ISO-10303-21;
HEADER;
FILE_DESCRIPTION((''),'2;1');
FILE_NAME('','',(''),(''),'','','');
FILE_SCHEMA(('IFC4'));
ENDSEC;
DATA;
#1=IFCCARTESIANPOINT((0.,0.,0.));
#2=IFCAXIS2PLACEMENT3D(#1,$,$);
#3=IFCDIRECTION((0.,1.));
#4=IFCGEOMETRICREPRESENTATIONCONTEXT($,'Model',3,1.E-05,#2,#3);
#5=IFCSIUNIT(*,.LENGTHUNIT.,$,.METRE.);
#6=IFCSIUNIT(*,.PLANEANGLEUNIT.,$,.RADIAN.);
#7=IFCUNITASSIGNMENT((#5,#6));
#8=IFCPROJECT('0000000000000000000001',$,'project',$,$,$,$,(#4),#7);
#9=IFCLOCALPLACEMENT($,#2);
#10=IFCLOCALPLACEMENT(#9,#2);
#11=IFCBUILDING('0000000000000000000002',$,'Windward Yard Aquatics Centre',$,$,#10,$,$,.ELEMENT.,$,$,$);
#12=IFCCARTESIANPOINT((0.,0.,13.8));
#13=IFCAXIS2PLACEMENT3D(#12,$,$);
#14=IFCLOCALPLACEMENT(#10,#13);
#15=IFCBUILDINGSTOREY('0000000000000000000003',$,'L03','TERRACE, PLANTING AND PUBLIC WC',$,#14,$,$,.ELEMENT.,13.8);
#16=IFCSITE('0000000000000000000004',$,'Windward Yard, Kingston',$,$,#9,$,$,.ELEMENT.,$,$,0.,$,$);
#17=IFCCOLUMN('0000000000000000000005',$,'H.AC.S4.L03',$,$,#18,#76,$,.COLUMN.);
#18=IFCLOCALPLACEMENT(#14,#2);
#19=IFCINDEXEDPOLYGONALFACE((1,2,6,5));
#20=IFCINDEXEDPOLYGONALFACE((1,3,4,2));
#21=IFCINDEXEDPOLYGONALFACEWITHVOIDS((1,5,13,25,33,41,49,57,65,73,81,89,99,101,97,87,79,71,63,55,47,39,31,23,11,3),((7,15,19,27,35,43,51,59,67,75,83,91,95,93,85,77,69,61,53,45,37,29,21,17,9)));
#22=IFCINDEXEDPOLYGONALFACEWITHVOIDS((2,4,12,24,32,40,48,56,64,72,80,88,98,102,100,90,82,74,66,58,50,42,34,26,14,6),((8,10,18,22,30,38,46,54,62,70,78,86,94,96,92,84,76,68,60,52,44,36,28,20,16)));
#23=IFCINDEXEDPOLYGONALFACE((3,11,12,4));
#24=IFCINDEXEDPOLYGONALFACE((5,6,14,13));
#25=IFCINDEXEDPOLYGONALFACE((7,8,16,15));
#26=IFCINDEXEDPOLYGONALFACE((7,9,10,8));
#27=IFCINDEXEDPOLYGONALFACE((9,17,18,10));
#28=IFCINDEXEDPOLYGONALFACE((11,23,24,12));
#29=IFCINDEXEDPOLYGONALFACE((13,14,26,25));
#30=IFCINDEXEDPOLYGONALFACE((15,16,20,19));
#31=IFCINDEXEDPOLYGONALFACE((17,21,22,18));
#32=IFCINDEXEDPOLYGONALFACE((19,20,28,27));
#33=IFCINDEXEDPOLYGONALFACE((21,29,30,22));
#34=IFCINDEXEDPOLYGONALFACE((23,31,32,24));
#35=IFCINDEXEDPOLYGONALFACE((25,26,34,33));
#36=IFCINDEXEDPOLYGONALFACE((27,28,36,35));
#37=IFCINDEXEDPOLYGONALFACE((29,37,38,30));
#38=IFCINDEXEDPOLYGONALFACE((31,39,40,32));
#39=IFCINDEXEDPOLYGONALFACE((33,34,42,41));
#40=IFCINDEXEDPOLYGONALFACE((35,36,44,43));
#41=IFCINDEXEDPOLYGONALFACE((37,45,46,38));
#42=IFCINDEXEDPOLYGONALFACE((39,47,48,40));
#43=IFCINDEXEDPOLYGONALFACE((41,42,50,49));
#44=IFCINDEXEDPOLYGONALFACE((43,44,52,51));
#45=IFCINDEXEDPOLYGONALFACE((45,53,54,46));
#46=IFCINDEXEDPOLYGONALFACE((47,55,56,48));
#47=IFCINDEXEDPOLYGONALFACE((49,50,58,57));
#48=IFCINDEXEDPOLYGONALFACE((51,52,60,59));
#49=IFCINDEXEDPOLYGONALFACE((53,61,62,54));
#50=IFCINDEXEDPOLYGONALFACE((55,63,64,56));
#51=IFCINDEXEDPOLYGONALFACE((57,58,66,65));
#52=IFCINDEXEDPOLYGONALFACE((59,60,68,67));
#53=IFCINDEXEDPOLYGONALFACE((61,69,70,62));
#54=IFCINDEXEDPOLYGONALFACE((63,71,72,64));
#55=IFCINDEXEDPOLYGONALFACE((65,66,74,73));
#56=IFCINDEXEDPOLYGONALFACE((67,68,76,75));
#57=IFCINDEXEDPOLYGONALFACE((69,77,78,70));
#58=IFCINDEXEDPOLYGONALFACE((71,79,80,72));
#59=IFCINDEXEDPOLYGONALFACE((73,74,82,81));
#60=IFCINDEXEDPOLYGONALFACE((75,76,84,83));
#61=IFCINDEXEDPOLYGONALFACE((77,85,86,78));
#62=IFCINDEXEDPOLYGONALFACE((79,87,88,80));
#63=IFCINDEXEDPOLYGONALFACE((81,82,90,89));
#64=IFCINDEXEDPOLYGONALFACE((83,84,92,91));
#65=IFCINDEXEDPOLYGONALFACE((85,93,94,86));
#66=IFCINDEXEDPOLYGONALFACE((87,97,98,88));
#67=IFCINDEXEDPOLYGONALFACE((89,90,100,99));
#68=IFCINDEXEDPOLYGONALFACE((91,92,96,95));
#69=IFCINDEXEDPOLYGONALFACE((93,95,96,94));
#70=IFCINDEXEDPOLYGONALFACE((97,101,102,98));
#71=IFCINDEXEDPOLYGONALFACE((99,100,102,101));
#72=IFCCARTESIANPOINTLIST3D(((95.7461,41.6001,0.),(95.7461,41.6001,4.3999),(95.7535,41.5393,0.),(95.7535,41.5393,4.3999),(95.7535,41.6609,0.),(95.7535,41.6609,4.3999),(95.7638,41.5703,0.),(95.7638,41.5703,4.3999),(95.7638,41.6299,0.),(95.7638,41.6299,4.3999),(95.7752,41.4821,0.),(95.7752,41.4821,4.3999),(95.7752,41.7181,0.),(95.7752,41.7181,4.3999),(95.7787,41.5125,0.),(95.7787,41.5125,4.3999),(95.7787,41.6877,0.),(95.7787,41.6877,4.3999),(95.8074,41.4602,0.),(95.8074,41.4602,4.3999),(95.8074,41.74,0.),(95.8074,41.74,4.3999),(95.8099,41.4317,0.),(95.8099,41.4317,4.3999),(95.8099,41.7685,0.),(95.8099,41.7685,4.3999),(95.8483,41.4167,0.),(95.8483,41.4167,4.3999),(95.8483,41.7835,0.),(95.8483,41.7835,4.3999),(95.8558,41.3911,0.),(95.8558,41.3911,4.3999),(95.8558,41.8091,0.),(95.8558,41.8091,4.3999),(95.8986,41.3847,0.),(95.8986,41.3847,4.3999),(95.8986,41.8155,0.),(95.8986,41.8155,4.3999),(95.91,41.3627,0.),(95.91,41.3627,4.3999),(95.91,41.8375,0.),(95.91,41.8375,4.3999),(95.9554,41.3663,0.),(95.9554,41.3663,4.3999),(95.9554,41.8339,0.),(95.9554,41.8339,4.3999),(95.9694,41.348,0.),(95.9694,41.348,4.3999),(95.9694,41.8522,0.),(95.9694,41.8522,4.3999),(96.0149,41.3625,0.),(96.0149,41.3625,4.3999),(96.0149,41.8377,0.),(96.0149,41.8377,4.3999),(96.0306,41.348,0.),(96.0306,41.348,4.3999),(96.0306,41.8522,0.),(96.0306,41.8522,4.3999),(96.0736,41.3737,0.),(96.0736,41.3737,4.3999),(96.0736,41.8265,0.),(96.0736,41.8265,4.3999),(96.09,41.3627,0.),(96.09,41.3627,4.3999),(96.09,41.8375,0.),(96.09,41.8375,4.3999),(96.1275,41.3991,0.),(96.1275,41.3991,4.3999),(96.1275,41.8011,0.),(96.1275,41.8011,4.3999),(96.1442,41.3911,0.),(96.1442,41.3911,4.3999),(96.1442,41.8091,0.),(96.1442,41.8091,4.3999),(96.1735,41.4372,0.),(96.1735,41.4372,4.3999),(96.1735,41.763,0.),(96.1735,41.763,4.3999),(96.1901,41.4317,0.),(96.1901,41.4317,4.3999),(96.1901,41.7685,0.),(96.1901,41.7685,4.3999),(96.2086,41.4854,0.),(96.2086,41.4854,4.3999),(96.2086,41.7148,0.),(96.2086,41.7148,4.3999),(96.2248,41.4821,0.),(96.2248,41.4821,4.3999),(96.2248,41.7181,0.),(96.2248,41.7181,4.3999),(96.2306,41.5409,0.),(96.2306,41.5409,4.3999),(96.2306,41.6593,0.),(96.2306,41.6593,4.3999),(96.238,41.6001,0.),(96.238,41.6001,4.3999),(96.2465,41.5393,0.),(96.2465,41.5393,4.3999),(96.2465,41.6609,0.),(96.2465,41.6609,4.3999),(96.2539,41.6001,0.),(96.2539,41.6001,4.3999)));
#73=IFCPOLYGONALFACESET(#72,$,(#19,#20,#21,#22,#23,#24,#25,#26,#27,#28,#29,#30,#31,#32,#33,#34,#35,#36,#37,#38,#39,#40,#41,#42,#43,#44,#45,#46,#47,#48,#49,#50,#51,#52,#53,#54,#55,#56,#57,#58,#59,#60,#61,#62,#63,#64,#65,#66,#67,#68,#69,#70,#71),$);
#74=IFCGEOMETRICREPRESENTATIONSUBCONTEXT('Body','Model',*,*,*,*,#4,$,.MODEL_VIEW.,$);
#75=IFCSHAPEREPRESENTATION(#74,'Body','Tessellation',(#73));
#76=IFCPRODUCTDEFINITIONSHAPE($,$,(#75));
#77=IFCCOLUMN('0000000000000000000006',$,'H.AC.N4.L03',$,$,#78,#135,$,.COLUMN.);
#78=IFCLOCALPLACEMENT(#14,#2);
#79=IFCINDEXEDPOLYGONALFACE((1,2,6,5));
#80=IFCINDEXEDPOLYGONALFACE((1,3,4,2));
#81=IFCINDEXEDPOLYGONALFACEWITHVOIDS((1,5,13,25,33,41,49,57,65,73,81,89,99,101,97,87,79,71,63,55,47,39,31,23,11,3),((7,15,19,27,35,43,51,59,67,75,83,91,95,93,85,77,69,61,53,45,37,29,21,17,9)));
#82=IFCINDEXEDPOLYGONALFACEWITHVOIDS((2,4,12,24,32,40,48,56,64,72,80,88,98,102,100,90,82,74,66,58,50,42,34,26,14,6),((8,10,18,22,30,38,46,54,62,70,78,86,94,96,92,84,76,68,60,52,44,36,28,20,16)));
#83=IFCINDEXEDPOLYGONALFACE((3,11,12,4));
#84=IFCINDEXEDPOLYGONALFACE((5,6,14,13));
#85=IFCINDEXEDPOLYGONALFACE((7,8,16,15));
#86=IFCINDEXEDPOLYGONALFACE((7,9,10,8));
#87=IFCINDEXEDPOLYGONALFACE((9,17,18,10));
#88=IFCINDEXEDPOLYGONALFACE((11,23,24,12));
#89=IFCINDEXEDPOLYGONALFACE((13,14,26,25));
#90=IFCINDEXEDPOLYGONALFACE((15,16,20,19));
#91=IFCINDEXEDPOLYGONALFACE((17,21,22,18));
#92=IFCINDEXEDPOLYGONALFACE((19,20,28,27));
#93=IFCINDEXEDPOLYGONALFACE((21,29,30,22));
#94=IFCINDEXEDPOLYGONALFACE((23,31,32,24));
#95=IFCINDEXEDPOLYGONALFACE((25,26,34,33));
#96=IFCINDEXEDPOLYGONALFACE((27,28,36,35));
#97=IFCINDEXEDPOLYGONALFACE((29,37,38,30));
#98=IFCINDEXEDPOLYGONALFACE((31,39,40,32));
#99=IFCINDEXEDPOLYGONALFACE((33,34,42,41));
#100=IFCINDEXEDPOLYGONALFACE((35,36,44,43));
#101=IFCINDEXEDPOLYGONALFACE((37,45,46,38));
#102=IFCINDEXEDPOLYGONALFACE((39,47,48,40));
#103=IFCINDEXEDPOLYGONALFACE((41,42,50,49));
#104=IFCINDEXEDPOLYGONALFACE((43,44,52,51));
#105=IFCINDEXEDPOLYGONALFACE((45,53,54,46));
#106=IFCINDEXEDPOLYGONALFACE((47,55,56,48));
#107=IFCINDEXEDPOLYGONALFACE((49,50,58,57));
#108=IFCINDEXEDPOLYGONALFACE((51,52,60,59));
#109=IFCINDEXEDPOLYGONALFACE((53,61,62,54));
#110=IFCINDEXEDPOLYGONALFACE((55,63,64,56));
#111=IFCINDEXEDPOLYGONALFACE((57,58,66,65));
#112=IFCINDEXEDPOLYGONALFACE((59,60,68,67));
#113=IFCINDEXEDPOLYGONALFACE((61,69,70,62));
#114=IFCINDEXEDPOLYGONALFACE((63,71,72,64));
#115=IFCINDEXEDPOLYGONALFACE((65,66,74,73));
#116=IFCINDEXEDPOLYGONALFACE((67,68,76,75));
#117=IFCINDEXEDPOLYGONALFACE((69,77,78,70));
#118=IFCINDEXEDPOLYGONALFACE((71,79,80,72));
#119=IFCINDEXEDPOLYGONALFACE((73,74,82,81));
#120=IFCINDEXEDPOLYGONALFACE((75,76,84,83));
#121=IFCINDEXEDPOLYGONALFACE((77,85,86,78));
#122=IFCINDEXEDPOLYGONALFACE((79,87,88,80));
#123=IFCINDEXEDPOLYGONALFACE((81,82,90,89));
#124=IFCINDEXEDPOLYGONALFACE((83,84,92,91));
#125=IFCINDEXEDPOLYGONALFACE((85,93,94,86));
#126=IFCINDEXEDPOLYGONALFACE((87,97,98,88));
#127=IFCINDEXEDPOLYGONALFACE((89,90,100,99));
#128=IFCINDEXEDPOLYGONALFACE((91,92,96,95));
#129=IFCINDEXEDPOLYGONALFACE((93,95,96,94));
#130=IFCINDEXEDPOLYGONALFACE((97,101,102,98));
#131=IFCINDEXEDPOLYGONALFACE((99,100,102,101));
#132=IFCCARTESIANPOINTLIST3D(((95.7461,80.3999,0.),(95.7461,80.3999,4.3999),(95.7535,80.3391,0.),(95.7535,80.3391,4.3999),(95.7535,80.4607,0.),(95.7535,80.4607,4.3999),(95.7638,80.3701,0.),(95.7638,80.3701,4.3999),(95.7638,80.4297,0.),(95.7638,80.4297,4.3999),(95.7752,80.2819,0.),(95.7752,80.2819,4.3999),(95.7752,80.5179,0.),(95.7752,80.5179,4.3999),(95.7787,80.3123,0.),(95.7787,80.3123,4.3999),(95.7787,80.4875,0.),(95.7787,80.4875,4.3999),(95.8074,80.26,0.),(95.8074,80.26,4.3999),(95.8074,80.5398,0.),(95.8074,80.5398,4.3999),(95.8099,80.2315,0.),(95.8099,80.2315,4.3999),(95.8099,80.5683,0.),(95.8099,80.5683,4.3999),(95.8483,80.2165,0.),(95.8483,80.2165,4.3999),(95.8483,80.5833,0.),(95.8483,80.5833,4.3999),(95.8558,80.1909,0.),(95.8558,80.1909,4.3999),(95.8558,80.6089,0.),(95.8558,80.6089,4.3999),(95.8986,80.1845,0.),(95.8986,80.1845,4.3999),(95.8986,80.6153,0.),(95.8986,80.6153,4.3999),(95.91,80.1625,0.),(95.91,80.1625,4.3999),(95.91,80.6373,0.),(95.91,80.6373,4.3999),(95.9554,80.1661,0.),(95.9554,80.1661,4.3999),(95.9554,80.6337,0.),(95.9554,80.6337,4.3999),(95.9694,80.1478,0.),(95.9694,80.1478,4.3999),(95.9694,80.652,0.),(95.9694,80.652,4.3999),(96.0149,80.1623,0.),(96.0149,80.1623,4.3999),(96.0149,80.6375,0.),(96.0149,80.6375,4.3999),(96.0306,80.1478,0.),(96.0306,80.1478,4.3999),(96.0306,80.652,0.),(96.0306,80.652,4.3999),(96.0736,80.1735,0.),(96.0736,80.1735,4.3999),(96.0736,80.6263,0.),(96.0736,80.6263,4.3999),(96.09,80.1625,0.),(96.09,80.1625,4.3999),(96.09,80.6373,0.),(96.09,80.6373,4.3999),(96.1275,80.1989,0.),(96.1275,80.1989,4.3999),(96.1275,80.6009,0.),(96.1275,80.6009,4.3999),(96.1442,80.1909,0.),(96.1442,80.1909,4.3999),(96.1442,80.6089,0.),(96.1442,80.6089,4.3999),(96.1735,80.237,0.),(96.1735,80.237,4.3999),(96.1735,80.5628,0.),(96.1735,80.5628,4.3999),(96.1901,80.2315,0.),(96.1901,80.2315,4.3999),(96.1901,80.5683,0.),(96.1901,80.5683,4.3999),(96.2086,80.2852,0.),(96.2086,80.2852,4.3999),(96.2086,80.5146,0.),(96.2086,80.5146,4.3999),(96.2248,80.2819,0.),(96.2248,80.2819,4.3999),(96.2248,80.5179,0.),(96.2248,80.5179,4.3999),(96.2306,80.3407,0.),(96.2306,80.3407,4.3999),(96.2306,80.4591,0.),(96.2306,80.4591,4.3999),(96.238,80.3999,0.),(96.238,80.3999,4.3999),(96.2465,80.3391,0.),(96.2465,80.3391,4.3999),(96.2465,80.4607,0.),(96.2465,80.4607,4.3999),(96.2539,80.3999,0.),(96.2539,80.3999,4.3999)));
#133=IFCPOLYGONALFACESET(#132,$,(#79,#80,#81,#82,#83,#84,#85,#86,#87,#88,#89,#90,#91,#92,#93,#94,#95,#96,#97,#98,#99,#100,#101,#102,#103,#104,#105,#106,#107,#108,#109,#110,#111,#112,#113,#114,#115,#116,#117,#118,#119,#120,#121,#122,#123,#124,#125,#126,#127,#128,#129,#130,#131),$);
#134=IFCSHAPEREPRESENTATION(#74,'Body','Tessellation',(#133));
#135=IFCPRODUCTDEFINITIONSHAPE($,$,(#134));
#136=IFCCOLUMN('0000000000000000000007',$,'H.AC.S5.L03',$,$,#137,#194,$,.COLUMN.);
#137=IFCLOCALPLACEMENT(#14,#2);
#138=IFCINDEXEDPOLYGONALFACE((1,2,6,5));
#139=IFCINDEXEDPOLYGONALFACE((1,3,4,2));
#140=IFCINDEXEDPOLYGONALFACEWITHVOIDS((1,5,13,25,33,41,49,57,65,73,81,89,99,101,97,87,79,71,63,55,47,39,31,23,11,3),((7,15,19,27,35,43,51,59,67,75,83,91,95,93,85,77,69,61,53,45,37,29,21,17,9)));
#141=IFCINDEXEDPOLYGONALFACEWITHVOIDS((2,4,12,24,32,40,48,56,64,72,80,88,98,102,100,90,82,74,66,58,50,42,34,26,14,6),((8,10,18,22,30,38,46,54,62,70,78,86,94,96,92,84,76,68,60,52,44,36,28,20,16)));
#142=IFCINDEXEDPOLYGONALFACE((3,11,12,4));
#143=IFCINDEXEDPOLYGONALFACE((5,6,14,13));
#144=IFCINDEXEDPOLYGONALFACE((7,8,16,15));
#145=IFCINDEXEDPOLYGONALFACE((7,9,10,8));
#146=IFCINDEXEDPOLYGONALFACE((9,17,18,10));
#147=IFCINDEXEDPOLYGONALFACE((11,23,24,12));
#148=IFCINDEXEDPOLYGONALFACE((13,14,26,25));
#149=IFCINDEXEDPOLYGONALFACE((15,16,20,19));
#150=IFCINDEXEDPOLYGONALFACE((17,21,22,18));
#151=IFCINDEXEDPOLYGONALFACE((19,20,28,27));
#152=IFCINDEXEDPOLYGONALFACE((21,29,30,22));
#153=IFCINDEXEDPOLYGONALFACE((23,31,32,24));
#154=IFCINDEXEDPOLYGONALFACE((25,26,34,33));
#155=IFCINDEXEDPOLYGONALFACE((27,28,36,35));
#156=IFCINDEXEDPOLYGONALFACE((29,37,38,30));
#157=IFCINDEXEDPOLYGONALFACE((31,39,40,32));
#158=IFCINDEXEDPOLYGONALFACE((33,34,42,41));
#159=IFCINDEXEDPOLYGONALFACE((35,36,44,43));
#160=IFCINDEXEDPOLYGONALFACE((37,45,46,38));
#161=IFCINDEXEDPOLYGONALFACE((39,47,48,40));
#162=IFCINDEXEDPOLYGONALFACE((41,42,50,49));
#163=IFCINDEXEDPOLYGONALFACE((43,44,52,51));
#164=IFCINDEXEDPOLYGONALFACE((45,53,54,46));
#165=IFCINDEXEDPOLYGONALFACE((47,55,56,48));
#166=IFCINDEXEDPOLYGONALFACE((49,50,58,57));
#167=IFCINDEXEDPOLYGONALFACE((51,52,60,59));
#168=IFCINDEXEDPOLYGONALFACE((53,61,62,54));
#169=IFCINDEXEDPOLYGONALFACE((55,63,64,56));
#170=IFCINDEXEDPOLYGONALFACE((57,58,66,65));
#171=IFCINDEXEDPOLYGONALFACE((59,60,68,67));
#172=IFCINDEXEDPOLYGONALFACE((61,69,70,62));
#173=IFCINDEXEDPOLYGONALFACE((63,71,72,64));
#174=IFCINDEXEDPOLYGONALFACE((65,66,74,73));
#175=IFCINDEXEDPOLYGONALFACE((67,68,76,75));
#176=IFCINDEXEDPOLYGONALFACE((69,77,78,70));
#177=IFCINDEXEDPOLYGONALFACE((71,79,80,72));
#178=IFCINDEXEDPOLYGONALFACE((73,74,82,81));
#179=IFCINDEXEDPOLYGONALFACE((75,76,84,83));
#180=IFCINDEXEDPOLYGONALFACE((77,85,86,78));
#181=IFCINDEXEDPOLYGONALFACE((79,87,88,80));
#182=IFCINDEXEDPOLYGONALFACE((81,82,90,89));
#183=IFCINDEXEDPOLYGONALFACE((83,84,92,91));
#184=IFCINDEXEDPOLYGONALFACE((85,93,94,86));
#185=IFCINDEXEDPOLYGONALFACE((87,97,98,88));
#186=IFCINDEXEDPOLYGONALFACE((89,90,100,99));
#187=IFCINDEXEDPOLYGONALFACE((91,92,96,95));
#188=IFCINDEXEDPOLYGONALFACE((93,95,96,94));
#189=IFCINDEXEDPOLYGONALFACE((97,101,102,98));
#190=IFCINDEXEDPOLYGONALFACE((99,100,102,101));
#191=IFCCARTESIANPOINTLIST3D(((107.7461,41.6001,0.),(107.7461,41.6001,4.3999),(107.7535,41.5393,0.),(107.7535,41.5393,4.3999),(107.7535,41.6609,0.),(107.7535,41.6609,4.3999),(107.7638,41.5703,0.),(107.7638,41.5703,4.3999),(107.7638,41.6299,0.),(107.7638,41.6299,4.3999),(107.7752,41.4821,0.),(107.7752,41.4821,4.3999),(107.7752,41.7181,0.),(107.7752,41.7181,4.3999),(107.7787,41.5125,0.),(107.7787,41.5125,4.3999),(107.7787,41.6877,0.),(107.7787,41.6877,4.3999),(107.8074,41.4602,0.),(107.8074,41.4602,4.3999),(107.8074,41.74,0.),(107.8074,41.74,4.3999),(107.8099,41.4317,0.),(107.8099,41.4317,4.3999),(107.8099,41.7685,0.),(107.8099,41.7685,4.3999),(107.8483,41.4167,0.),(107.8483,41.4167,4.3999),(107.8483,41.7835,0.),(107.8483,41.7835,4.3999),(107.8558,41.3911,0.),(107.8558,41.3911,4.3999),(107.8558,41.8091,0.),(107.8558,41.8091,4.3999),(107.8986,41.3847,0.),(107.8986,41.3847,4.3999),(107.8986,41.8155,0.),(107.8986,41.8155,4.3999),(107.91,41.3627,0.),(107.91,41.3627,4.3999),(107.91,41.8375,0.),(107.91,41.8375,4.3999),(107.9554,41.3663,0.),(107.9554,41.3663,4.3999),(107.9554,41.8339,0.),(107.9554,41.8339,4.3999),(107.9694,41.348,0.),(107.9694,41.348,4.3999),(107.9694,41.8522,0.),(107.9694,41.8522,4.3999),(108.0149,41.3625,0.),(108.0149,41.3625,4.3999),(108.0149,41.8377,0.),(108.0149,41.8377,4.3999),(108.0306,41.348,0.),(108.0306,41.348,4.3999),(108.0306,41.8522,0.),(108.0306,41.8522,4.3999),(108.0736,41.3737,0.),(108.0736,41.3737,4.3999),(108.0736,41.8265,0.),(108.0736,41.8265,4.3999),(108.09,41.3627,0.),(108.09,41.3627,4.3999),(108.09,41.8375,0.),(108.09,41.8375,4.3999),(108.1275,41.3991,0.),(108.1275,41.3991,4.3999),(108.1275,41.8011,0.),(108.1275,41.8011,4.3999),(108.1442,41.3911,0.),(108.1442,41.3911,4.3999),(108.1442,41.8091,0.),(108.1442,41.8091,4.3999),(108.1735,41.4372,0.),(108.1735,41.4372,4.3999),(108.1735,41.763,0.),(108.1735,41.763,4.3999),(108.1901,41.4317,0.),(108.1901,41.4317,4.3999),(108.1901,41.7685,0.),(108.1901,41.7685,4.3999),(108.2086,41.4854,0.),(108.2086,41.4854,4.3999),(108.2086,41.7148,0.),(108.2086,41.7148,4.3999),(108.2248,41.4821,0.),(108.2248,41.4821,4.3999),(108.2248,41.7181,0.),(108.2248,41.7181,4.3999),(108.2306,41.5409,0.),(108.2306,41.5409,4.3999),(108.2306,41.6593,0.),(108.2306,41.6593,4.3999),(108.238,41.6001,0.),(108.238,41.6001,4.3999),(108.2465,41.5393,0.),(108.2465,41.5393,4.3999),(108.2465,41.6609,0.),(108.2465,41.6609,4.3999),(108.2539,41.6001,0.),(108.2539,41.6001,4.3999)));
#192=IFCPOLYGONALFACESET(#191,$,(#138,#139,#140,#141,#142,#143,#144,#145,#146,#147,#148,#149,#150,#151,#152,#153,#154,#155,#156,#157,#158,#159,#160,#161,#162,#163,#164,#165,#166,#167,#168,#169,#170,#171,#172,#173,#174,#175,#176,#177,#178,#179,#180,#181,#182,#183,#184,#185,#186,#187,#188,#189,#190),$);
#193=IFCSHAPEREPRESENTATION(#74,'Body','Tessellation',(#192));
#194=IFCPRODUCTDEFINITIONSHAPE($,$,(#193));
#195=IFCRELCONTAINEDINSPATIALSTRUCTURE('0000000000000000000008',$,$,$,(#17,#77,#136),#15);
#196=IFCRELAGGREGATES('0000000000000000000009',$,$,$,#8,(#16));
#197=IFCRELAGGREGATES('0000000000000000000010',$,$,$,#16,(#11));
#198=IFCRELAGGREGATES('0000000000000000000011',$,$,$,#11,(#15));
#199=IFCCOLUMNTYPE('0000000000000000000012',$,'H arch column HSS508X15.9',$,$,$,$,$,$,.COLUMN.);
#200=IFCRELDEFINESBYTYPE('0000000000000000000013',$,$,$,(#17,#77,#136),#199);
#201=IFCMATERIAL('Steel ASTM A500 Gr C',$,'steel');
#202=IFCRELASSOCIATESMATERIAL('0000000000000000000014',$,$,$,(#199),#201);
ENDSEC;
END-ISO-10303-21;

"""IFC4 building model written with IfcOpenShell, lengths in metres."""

from ifc_helpers import new_model, si_unit, direction, frame, origin, origin_2d, place, context, subcontext, project, spatial, hollow_circle, extrude, material, material_profile, profile_set, type_object, element, save


model = new_model("IFC4")

# Units and contexts
model_context = context("Model", 3, precision=1e-05, world=origin(), true_north=direction((0.0, 1.0)))
body_context = subcontext(model_context, "Body", "Model", "MODEL_VIEW")
ifc_project = project(units=[si_unit("LENGTHUNIT", "METRE"), si_unit("PLANEANGLEUNIT", "RADIAN")], contexts=[model_context])

# Site, building, storey
site_placement = place(None, origin())
site = spatial("IfcSite", under=ifc_project, at=site_placement, Name="Windward Yard, Kingston", CompositionType="ELEMENT", RefElevation=0.0)
building_placement = place(site_placement, origin())
building = spatial("IfcBuilding", under=site, at=building_placement, Name="Windward Yard Aquatics Centre", CompositionType="ELEMENT")
storey_placement = place(building_placement, frame((0.0, 0.0, 13.8)))
storey = spatial("IfcBuildingStorey", under=building, at=storey_placement, Name="L03", Description="TERRACE, PLANTING AND PUBLIC WC", CompositionType="ELEMENT", Elevation=13.8)

# Columns
ifc_material_1 = material(Name="Steel ASTM A500 Gr C", Category="steel")
ifc_material_profile_1 = material_profile(ifc_material_1, hollow_circle(Radius=0.2539, WallThickness=0.0159, at=origin_2d()), Name="HSS508X15.9")
ifc_profile_set_1 = profile_set([ifc_material_profile_1], Name="Steel ASTM A500 Gr C")
column_type = type_object("IfcColumnType", Name="H arch column HSS508X15.9", PredefinedType="COLUMN", material=ifc_profile_set_1)
for number, where, z_axis, x_axis, name in (
    (1, (96.0, 41.6001, 0.0), (0.0, 0.0, 1.0), (1.0, 0.0, 0.0), "H.AC.S4.L03"),
    (2, (96.0, 80.3999, 0.0), (0.0, 0.0, 1.0), (1.0, 0.0, 0.0), "H.AC.N4.L03"),
    (3, (108.0, 41.6001, 0.0), (0.0, 0.0, 1.0), (1.0, 0.0, 0.0), "H.AC.S5.L03"),
):
    element("IfcColumn", number, at=place(storey_placement, frame(where, z_axis=z_axis, x_axis=x_axis)), inside=storey, type_object=column_type, Name=name, PredefinedType="COLUMN", context=body_context, shape_type="SweptSolid", body=[
        extrude(hollow_circle(Radius=0.2539, WallThickness=0.0159, at=origin_2d()), origin(), (0.0, 0.0, 1.0), 4.3999),
    ])

save(model, "model.ifc")
